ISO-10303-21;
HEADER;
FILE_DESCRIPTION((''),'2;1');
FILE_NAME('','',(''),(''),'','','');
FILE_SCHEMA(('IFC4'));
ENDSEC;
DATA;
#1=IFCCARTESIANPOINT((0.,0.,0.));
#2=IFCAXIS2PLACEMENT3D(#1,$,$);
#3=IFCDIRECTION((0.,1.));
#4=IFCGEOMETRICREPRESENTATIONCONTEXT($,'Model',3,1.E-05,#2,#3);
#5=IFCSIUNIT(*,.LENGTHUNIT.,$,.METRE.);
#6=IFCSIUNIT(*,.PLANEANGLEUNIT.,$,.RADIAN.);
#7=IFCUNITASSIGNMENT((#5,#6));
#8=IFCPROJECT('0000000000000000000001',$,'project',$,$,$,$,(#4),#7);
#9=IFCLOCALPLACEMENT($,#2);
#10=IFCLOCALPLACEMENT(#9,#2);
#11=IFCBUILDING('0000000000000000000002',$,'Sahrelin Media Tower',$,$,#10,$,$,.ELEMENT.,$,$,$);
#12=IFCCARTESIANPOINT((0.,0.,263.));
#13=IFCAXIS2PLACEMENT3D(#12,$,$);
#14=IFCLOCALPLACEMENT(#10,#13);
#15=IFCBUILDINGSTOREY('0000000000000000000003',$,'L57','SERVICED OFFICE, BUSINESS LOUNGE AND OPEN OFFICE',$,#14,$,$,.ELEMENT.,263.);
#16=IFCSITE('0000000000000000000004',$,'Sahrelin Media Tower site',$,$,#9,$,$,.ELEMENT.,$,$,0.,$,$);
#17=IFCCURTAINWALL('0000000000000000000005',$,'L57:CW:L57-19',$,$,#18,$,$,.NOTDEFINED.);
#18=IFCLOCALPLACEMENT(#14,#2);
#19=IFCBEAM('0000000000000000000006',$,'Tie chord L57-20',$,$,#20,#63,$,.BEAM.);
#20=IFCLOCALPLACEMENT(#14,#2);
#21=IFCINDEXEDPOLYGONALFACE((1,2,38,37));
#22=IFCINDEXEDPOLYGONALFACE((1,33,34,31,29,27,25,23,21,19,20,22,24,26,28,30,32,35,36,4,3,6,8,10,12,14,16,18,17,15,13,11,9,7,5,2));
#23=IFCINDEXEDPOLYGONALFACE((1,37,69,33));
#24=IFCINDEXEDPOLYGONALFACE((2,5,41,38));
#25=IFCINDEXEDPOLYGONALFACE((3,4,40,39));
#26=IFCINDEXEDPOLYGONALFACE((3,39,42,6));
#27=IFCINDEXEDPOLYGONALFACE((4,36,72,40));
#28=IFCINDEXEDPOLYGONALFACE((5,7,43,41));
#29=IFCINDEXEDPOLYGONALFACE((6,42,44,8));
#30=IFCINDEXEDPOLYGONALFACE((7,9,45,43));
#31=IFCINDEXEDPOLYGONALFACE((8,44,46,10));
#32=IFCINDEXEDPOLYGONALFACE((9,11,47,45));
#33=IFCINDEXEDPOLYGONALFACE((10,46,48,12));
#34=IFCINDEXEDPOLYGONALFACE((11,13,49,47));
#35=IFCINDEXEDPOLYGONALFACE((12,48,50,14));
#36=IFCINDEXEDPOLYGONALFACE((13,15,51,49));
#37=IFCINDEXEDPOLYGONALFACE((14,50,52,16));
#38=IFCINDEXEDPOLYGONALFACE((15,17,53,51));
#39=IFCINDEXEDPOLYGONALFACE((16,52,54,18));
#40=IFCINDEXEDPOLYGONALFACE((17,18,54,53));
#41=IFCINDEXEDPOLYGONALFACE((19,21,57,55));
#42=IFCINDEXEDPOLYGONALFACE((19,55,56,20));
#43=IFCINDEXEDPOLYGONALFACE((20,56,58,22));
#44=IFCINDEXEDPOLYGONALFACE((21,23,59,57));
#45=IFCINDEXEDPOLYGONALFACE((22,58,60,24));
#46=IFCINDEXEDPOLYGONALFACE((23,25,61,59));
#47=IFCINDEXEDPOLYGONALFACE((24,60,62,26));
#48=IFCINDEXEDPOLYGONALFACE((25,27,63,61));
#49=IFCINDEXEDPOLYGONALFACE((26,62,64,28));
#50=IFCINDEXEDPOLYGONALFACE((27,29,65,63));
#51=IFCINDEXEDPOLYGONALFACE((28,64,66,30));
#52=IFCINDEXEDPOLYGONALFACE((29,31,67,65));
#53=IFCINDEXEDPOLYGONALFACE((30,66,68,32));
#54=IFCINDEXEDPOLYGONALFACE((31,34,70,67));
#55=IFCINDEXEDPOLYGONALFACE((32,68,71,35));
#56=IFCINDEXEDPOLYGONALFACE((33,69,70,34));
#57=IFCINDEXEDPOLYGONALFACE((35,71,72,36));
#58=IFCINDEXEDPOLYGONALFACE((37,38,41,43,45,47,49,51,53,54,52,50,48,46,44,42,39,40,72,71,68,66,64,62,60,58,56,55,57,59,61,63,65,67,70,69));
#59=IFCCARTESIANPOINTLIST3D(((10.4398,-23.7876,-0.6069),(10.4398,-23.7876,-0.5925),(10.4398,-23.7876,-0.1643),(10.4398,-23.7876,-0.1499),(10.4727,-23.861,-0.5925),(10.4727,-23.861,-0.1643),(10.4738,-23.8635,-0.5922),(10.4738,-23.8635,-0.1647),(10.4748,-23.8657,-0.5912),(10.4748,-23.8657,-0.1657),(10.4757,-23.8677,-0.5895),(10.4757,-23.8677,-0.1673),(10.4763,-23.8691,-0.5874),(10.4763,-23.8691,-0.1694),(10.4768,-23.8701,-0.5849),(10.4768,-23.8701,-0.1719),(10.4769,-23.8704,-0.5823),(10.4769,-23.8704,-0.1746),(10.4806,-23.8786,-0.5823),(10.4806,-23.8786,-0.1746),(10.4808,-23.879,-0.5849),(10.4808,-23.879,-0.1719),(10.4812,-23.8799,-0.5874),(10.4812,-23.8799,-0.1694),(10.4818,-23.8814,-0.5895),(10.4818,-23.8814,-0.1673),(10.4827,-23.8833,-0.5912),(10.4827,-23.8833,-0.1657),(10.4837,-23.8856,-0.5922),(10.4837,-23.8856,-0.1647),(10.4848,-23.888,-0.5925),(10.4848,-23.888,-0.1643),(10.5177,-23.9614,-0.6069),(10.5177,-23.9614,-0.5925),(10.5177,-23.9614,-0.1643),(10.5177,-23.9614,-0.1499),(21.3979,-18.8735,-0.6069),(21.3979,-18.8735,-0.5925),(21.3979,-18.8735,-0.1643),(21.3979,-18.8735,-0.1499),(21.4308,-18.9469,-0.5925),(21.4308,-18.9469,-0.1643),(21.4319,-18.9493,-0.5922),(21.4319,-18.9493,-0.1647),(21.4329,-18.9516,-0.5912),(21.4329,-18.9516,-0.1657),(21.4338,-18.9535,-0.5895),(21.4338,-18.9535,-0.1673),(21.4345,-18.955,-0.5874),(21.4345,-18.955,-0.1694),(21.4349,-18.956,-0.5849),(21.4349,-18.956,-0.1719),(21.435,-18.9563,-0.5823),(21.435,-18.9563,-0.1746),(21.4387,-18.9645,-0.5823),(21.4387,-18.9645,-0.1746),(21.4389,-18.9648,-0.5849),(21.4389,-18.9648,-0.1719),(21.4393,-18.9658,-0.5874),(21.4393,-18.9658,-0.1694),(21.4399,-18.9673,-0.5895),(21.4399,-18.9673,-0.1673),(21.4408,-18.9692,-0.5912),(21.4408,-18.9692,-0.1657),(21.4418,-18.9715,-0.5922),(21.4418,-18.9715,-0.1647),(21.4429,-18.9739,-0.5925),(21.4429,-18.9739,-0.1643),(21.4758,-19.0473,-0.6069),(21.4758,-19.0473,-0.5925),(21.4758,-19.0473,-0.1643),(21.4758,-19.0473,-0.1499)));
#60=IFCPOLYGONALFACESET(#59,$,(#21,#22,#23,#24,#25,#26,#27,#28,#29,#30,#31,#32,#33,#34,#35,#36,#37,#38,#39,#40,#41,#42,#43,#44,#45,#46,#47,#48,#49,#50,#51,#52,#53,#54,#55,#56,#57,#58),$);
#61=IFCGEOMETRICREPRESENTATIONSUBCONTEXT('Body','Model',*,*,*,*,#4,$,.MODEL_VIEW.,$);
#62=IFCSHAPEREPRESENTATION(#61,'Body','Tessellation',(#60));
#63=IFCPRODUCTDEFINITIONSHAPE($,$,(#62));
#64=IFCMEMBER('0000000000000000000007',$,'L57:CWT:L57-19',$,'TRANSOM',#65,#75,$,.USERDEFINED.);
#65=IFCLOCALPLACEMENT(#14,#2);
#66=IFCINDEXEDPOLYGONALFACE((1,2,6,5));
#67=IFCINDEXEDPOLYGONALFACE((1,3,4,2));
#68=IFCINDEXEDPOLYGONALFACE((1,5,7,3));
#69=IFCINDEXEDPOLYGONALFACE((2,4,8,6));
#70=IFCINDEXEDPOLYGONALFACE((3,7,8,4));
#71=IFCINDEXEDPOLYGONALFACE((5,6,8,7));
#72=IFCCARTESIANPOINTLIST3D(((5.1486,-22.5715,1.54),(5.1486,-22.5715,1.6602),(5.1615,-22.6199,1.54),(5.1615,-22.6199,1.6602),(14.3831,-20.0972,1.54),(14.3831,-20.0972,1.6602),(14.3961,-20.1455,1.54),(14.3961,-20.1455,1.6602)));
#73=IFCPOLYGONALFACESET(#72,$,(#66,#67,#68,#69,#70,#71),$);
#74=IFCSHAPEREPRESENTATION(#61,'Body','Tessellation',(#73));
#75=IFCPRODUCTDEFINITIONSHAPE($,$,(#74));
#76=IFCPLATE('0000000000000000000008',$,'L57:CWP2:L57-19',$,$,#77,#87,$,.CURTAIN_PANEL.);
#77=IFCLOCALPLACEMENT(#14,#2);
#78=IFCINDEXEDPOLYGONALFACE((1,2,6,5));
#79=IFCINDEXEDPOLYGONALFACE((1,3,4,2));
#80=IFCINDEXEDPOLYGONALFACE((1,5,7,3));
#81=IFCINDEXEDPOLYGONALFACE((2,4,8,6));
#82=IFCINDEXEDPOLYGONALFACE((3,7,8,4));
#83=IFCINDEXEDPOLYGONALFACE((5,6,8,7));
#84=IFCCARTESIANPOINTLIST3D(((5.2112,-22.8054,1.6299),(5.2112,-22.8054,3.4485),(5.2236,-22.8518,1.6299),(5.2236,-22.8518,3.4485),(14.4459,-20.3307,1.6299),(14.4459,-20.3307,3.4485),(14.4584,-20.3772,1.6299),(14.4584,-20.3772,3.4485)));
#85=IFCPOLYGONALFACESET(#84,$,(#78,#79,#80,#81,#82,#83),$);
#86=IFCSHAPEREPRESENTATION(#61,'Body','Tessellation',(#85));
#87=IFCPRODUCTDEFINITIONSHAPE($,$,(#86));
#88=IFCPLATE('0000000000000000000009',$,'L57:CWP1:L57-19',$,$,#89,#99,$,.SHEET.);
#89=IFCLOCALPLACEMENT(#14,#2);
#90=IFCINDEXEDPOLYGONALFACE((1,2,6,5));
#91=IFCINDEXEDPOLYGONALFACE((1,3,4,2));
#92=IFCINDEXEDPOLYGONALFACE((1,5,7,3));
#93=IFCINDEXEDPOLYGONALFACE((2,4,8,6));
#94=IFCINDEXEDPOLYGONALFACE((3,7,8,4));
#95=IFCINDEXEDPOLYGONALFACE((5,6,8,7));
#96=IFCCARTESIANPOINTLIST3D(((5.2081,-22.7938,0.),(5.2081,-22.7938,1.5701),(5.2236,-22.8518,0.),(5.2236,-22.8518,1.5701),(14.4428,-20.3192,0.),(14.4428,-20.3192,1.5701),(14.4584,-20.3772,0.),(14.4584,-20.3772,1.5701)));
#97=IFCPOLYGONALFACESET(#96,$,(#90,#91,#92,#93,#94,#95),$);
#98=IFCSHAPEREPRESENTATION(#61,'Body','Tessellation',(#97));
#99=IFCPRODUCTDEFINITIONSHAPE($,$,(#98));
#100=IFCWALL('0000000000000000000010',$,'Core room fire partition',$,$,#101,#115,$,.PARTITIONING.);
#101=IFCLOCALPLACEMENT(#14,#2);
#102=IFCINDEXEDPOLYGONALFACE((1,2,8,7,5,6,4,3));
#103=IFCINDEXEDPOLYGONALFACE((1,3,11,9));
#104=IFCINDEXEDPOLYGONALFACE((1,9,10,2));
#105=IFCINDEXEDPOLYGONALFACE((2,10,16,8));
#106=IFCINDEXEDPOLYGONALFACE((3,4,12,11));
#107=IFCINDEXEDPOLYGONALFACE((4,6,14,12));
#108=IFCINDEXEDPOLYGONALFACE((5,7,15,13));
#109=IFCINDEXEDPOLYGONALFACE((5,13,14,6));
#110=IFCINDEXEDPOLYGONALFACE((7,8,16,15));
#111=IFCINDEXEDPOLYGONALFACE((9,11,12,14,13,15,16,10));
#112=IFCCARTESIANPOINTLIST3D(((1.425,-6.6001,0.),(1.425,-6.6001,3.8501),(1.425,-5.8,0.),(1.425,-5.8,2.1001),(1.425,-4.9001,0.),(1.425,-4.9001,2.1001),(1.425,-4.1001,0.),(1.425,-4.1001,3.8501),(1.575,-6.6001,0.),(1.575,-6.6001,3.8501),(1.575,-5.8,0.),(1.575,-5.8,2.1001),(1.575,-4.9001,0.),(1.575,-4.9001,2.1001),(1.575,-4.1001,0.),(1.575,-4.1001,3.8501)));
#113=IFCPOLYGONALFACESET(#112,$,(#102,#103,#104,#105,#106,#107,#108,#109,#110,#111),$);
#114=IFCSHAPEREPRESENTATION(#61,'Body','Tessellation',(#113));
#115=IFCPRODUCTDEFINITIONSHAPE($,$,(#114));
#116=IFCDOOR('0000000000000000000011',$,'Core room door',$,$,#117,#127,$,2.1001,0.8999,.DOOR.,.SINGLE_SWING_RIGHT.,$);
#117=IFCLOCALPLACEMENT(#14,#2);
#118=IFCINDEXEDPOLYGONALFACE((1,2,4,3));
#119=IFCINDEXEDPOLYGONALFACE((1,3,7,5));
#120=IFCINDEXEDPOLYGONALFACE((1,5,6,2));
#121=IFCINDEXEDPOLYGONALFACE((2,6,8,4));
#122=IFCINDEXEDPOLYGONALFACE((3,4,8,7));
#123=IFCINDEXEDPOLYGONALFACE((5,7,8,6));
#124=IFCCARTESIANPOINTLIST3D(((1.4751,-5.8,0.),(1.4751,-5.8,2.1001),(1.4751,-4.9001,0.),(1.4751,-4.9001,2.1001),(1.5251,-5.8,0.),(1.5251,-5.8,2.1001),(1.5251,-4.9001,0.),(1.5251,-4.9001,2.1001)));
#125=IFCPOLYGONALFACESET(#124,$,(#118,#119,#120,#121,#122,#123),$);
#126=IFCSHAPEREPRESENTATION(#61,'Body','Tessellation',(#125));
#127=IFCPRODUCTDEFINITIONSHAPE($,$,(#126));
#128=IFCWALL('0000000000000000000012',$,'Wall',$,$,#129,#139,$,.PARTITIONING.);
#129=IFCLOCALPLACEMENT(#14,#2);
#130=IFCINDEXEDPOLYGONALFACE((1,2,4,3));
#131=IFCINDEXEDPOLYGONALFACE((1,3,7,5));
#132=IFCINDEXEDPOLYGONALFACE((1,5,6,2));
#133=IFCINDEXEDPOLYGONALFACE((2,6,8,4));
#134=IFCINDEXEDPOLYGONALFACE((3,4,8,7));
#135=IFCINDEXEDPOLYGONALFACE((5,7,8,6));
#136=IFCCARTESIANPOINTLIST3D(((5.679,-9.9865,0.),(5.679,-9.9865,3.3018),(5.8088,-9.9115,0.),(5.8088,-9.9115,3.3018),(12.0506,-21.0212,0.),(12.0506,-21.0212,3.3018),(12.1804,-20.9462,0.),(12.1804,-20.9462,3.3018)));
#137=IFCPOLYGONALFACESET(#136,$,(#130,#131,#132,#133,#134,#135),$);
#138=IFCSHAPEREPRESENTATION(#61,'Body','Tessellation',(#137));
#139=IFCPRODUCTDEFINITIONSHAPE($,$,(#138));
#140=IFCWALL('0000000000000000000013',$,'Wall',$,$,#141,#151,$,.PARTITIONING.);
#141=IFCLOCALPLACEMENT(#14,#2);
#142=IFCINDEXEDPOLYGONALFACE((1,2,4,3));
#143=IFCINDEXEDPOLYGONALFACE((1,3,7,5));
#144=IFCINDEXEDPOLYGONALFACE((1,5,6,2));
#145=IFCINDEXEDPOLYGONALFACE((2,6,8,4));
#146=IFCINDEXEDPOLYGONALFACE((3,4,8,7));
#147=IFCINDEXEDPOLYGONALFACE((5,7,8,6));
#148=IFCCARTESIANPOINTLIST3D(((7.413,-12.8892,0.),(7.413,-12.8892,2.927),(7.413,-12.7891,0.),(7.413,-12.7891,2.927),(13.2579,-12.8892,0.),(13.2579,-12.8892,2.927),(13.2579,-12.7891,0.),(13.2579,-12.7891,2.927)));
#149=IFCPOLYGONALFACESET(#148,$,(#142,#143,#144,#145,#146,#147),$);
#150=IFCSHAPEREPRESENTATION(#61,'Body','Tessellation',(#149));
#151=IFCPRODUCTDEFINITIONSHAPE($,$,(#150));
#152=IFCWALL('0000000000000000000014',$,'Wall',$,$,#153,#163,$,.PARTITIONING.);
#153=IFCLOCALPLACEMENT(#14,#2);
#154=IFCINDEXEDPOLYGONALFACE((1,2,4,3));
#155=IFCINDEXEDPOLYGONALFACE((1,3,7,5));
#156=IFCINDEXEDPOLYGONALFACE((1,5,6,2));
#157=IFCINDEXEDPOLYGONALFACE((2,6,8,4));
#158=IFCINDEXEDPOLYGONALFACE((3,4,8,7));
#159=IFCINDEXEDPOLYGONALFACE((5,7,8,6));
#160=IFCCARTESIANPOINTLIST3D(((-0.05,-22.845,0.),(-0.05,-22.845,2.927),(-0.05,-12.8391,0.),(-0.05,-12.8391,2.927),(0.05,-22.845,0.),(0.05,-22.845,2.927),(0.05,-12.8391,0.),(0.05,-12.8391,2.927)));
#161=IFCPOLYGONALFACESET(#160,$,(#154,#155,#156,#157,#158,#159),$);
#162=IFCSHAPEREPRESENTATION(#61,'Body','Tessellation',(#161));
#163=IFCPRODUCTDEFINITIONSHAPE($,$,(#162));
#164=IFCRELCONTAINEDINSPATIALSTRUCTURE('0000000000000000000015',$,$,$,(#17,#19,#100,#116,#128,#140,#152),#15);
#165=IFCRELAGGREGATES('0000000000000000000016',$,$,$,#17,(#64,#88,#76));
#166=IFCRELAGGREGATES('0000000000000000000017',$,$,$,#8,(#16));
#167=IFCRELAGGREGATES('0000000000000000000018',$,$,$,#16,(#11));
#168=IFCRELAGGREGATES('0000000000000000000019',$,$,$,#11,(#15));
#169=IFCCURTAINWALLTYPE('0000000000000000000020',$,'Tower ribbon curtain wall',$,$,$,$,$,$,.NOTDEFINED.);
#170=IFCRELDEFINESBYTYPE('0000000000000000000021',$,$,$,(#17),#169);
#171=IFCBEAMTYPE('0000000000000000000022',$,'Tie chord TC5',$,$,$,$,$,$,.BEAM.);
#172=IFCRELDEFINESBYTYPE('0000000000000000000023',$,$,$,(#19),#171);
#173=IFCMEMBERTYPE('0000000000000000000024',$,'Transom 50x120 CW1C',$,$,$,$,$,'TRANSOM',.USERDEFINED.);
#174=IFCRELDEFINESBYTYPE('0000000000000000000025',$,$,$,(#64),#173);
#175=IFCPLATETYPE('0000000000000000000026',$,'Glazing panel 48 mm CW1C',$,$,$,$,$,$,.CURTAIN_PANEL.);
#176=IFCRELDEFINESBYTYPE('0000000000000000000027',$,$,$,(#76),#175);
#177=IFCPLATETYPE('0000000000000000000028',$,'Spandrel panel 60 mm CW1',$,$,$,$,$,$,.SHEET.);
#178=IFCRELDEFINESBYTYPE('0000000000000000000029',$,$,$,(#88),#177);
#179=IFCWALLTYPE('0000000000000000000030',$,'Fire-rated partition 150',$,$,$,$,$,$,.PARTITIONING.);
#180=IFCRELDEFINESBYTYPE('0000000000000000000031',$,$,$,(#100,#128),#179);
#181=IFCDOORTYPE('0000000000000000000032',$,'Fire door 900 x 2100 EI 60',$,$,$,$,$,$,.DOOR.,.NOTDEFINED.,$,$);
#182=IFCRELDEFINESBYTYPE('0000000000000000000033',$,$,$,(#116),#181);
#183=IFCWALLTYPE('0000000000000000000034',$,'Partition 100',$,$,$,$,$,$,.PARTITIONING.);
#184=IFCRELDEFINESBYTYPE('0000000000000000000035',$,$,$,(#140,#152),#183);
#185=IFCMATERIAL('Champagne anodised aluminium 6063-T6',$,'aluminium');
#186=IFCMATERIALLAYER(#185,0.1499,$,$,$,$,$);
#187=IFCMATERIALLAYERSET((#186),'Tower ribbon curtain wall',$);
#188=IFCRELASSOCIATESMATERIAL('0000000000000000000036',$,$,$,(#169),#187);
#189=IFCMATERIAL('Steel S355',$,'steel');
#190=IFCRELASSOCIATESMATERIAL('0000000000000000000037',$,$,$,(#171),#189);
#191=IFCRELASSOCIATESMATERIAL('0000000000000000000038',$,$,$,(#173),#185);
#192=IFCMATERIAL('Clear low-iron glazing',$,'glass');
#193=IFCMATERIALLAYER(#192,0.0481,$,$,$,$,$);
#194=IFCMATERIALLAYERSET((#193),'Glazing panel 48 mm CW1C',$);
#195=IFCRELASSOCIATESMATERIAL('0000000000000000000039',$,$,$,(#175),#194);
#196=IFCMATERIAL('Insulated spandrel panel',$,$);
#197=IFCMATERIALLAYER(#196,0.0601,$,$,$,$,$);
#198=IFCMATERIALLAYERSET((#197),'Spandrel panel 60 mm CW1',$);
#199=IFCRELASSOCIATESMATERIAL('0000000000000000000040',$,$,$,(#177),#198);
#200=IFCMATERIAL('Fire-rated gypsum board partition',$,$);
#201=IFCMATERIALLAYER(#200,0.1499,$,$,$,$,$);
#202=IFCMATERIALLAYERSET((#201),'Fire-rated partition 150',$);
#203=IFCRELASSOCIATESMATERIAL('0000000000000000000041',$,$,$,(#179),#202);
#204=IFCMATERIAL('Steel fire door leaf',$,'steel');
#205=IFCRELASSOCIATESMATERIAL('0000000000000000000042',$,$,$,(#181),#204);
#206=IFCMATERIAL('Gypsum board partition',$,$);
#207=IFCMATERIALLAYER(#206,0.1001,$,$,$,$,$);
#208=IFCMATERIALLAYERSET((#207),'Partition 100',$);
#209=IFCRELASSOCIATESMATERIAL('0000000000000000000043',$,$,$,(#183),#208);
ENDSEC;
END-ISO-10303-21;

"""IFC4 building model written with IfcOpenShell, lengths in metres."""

from ifc_helpers import new_model, si_unit, direction, frame, frame_2d, origin, origin_2d, place, context, subcontext, project, spatial, polyline, rectangle, i_section, outline, extrude, material, layer, layer_set, material_profile, profile_set, type_object, element, fill, aggregate, save


model = new_model("IFC4")

# Units and contexts
model_context = context("Model", 3, precision=1e-05, world=origin(), true_north=direction((0.0, 1.0)))
body_context = subcontext(model_context, "Body", "Model", "MODEL_VIEW")
ifc_project = project(units=[si_unit("LENGTHUNIT", "METRE"), si_unit("PLANEANGLEUNIT", "RADIAN")], contexts=[model_context])

# Site, building, storey
site_placement = place(None, origin())
site = spatial("IfcSite", under=ifc_project, at=site_placement, Name="Sahrelin Media Tower site", CompositionType="ELEMENT", RefElevation=0.0)
building_placement = place(site_placement, origin())
building = spatial("IfcBuilding", under=site, at=building_placement, Name="Sahrelin Media Tower", CompositionType="ELEMENT")
storey_placement = place(building_placement, frame((0.0, 0.0, 263.0)))
storey = spatial("IfcBuildingStorey", under=building, at=storey_placement, Name="L57", Description="SERVICED OFFICE, BUSINESS LOUNGE AND OPEN OFFICE", CompositionType="ELEMENT", Elevation=263.0)

# Shared definitions
ifc_material_1 = material(Name="Steel S355", Category="steel")

# Curtain wall
ifc_material_2 = material(Name="Champagne anodised aluminium 6063-T6", Category="aluminium")
ifc_layer_1 = layer(ifc_material_2, 0.1499)
ifc_layer_set_1 = layer_set([ifc_layer_1], Name="Tower ribbon curtain wall")
curtain_wall_type = type_object("IfcCurtainWallType", Name="Tower ribbon curtain wall", PredefinedType="NOTDEFINED", material=ifc_layer_set_1)
curtain_wall_1_placement = place(storey_placement, frame((9.8357, -21.5952, 0.0), z_axis=(0.0, 0.0, 1.0), x_axis=(1.0, 0.0, 0.0)))
curtain_wall_1 = element("IfcCurtainWall", 1, at=curtain_wall_1_placement, inside=storey, type_object=curtain_wall_type, Name="L57:CW:L57-19", PredefinedType="NOTDEFINED")

# Beam
ifc_material_profile_1 = material_profile(ifc_material_1, i_section(OverallWidth=0.1904, OverallDepth=0.457, WebThickness=0.009, FlangeThickness=0.0144, FilletRadius=0.0103, at=origin_2d()), Name="UB 457x191x74")
ifc_profile_set_1 = profile_set([ifc_material_profile_1], Name="Steel S355")
beam_type_1 = type_object("IfcBeamType", Name="Tie chord TC5", PredefinedType="BEAM", material=ifc_profile_set_1)
beam_1_placement = place(storey_placement, frame((10.4788, -23.8745, -0.3784), z_axis=(0.912452, 0.409184, 0.0), x_axis=(-0.409184, 0.912452, 0.0)))
element("IfcBeam", 2, at=beam_1_placement, inside=storey, type_object=beam_type_1, Name="Tie chord L57-20", PredefinedType="BEAM", context=body_context, shape_type="SweptSolid", body=[
    extrude(i_section(OverallWidth=0.1904, OverallDepth=0.457, WebThickness=0.009, FlangeThickness=0.0144, FilletRadius=0.0103, at=origin_2d()), origin(), (0.0, 0.0, 1.0), 12.0095),
])

# Member
ifc_material_profile_2 = material_profile(ifc_material_2, rectangle(XDim=0.05, YDim=0.1201, at=origin_2d()), Name="Transom 50x120")
ifc_profile_set_2 = profile_set([ifc_material_profile_2], Name="Champagne anodised aluminium 6063-T6")
member_type_1 = type_object("IfcMemberType", Name="Transom 50x120 CW1C", ElementType="TRANSOM", PredefinedType="USERDEFINED", material=ifc_profile_set_2)
member_1_placement = place(storey_placement, frame((5.155, -22.5957, 1.6001), z_axis=(0.965927, 0.258815, 0.0), x_axis=(-0.258815, 0.965927, 0.0)))
member_1 = element("IfcMember", 3, at=member_1_placement, type_object=member_type_1, Name="L57:CWT:L57-19", ObjectType="TRANSOM", PredefinedType="USERDEFINED", context=body_context, shape_type="SweptSolid", body=[
    extrude(rectangle(XDim=0.05, YDim=0.1201, at=origin_2d()), origin(), (0.0, 0.0, 1.0), 9.5603),
])

# Plates
ifc_material_3 = material(Name="Clear low-iron glazing", Category="glass")
ifc_layer_2 = layer(ifc_material_3, 0.0481)
ifc_layer_set_2 = layer_set([ifc_layer_2], Name="Glazing panel 48 mm CW1C")
plate_type_1 = type_object("IfcPlateType", Name="Glazing panel 48 mm CW1C", PredefinedType="CURTAIN_PANEL", material=ifc_layer_set_2)
plate_1_placement = place(storey_placement, frame((5.2236, -22.8518, 1.6299), z_axis=(0.258839, -0.965921, 0.0), x_axis=(0.965921, 0.258839, 0.0)))
plate_1 = element("IfcPlate", 4, at=plate_1_placement, type_object=plate_type_1, Name="L57:CWP2:L57-19", PredefinedType="CURTAIN_PANEL", context=body_context, shape_type="SweptSolid", body=[
    extrude(outline(polyline([(0.0, 0.0), (9.5605, 0.0), (9.5605, 1.8186), (0.0, 1.8186), (0.0, 0.0)])), origin(), (0.0, 0.0, -1.0), 0.0481),
])
ifc_material_4 = material(Name="Insulated spandrel panel")
ifc_layer_3 = layer(ifc_material_4, 0.0601)
ifc_layer_set_3 = layer_set([ifc_layer_3], Name="Spandrel panel 60 mm CW1")
plate_type_2 = type_object("IfcPlateType", Name="Spandrel panel 60 mm CW1", PredefinedType="SHEET", material=ifc_layer_set_3)
plate_2_placement = place(storey_placement, frame((5.2236, -22.8518, 0.0), z_axis=(0.258839, -0.965921, 0.0), x_axis=(0.965921, 0.258839, 0.0)))
plate_2 = element("IfcPlate", 5, at=plate_2_placement, type_object=plate_type_2, Name="L57:CWP1:L57-19", PredefinedType="SHEET", context=body_context, shape_type="SweptSolid", body=[
    extrude(outline(polyline([(0.0, 0.0), (9.5605, 0.0), (9.5605, 1.5701), (0.0, 1.5701), (0.0, 0.0)])), origin(), (0.0, 0.0, -1.0), 0.0601),
])
aggregate(curtain_wall_1, [member_1, plate_2, plate_1])

# Wall, opening, door
ifc_material_5 = material(Name="Fire-rated gypsum board partition")
ifc_layer_4 = layer(ifc_material_5, 0.1499)
ifc_layer_set_4 = layer_set([ifc_layer_4], Name="Fire-rated partition 150")
wall_type_1 = type_object("IfcWallType", Name="Fire-rated partition 150", PredefinedType="PARTITIONING", material=ifc_layer_set_4)
wall_1_placement = place(storey_placement, frame((1.5, -6.6001, 0.0), z_axis=(0.0, 0.0, 1.0), x_axis=(0.0, 1.0, 0.0)))
wall_1 = element("IfcWall", 6, at=wall_1_placement, inside=storey, type_object=wall_type_1, Name="Core room fire partition", PredefinedType="PARTITIONING", context=body_context, shape_type="SweptSolid", body=[
    extrude(rectangle(XDim=2.5, YDim=0.1499, at=frame_2d((1.25, 0.0))), origin(), (0.0, 0.0, 1.0), 3.8501),
])
opening_placement = place(wall_1_placement, frame((0.8, 0.0, 0.0)))
opening = element("IfcOpeningElement", 7, at=opening_placement, cuts=wall_1, PredefinedType="OPENING", context=body_context, shape_type="SweptSolid", body=[
    extrude(rectangle(XDim=0.8999, YDim=2.1001, at=frame_2d((0.45, 1.05))), frame((0.0, 0.075, 0.0), z_axis=(0.0, -1.0, 0.0), x_axis=(1.0, 0.0, 0.0)), (0.0, 0.0, 1.0), 0.1499),
])
ifc_material_6 = material(Name="Steel fire door leaf", Category="steel")
door_type = type_object("IfcDoorType", Name="Fire door 900 x 2100 EI 60", OperationType="NOTDEFINED", PredefinedType="DOOR", material=ifc_material_6)
door_placement = place(opening_placement, origin())
door = element("IfcDoor", 8, at=door_placement, inside=storey, type_object=door_type, Name="Core room door", OperationType="SINGLE_SWING_RIGHT", OverallHeight=2.1001, OverallWidth=0.8999, PredefinedType="DOOR", context=body_context, shape_type="SweptSolid", body=[
    extrude(rectangle(XDim=0.8999, YDim=2.1001, at=frame_2d((0.45, 1.05))), frame((0.0, 0.0249, 0.0), z_axis=(0.0, -1.0, 0.0), x_axis=(1.0, 0.0, 0.0)), (0.0, 0.0, 1.0), 0.05),
])
fill(opening, door)

# Walls
wall_2_placement = place(storey_placement, frame((5.7439, -9.949, 0.0), z_axis=(0.0, 0.0, 1.0), x_axis=(0.500042, -0.866001, 0.0)))
element("IfcWall", 9, at=wall_2_placement, inside=storey, type_object=wall_type_1, Name="Wall", PredefinedType="PARTITIONING", context=body_context, shape_type="SweptSolid", body=[
    extrude(rectangle(XDim=12.7422, YDim=0.1499, at=frame_2d((6.3711, 0.0))), origin(), (0.0, 0.0, 1.0), 3.3018),
])
ifc_material_7 = material(Name="Gypsum board partition")
ifc_layer_5 = layer(ifc_material_7, 0.1001)
ifc_layer_set_5 = layer_set([ifc_layer_5], Name="Partition 100")
wall_type_2 = type_object("IfcWallType", Name="Partition 100", PredefinedType="PARTITIONING", material=ifc_layer_set_5)
wall_3_placement = place(storey_placement, frame((7.4131, -12.8391, 0.0), z_axis=(0.0, 0.0, 1.0), x_axis=(1.0, 0.0, 0.0)))
element("IfcWall", 10, at=wall_3_placement, inside=storey, type_object=wall_type_2, Name="Wall", PredefinedType="PARTITIONING", context=body_context, shape_type="SweptSolid", body=[
    extrude(rectangle(XDim=5.845, YDim=0.1001, at=frame_2d((2.9224, 0.0))), origin(), (0.0, 0.0, 1.0), 2.927),
])
wall_4_placement = place(storey_placement, frame((0.0, -22.845, 0.0), z_axis=(0.0, 0.0, 1.0), x_axis=(0.0, 1.0, 0.0)))
element("IfcWall", 11, at=wall_4_placement, inside=storey, type_object=wall_type_2, Name="Wall", PredefinedType="PARTITIONING", context=body_context, shape_type="SweptSolid", body=[
    extrude(rectangle(XDim=10.0059, YDim=0.1001, at=frame_2d((5.0029, 0.0))), origin(), (0.0, 0.0, 1.0), 2.927),
])

save(model, "model.ifc")
